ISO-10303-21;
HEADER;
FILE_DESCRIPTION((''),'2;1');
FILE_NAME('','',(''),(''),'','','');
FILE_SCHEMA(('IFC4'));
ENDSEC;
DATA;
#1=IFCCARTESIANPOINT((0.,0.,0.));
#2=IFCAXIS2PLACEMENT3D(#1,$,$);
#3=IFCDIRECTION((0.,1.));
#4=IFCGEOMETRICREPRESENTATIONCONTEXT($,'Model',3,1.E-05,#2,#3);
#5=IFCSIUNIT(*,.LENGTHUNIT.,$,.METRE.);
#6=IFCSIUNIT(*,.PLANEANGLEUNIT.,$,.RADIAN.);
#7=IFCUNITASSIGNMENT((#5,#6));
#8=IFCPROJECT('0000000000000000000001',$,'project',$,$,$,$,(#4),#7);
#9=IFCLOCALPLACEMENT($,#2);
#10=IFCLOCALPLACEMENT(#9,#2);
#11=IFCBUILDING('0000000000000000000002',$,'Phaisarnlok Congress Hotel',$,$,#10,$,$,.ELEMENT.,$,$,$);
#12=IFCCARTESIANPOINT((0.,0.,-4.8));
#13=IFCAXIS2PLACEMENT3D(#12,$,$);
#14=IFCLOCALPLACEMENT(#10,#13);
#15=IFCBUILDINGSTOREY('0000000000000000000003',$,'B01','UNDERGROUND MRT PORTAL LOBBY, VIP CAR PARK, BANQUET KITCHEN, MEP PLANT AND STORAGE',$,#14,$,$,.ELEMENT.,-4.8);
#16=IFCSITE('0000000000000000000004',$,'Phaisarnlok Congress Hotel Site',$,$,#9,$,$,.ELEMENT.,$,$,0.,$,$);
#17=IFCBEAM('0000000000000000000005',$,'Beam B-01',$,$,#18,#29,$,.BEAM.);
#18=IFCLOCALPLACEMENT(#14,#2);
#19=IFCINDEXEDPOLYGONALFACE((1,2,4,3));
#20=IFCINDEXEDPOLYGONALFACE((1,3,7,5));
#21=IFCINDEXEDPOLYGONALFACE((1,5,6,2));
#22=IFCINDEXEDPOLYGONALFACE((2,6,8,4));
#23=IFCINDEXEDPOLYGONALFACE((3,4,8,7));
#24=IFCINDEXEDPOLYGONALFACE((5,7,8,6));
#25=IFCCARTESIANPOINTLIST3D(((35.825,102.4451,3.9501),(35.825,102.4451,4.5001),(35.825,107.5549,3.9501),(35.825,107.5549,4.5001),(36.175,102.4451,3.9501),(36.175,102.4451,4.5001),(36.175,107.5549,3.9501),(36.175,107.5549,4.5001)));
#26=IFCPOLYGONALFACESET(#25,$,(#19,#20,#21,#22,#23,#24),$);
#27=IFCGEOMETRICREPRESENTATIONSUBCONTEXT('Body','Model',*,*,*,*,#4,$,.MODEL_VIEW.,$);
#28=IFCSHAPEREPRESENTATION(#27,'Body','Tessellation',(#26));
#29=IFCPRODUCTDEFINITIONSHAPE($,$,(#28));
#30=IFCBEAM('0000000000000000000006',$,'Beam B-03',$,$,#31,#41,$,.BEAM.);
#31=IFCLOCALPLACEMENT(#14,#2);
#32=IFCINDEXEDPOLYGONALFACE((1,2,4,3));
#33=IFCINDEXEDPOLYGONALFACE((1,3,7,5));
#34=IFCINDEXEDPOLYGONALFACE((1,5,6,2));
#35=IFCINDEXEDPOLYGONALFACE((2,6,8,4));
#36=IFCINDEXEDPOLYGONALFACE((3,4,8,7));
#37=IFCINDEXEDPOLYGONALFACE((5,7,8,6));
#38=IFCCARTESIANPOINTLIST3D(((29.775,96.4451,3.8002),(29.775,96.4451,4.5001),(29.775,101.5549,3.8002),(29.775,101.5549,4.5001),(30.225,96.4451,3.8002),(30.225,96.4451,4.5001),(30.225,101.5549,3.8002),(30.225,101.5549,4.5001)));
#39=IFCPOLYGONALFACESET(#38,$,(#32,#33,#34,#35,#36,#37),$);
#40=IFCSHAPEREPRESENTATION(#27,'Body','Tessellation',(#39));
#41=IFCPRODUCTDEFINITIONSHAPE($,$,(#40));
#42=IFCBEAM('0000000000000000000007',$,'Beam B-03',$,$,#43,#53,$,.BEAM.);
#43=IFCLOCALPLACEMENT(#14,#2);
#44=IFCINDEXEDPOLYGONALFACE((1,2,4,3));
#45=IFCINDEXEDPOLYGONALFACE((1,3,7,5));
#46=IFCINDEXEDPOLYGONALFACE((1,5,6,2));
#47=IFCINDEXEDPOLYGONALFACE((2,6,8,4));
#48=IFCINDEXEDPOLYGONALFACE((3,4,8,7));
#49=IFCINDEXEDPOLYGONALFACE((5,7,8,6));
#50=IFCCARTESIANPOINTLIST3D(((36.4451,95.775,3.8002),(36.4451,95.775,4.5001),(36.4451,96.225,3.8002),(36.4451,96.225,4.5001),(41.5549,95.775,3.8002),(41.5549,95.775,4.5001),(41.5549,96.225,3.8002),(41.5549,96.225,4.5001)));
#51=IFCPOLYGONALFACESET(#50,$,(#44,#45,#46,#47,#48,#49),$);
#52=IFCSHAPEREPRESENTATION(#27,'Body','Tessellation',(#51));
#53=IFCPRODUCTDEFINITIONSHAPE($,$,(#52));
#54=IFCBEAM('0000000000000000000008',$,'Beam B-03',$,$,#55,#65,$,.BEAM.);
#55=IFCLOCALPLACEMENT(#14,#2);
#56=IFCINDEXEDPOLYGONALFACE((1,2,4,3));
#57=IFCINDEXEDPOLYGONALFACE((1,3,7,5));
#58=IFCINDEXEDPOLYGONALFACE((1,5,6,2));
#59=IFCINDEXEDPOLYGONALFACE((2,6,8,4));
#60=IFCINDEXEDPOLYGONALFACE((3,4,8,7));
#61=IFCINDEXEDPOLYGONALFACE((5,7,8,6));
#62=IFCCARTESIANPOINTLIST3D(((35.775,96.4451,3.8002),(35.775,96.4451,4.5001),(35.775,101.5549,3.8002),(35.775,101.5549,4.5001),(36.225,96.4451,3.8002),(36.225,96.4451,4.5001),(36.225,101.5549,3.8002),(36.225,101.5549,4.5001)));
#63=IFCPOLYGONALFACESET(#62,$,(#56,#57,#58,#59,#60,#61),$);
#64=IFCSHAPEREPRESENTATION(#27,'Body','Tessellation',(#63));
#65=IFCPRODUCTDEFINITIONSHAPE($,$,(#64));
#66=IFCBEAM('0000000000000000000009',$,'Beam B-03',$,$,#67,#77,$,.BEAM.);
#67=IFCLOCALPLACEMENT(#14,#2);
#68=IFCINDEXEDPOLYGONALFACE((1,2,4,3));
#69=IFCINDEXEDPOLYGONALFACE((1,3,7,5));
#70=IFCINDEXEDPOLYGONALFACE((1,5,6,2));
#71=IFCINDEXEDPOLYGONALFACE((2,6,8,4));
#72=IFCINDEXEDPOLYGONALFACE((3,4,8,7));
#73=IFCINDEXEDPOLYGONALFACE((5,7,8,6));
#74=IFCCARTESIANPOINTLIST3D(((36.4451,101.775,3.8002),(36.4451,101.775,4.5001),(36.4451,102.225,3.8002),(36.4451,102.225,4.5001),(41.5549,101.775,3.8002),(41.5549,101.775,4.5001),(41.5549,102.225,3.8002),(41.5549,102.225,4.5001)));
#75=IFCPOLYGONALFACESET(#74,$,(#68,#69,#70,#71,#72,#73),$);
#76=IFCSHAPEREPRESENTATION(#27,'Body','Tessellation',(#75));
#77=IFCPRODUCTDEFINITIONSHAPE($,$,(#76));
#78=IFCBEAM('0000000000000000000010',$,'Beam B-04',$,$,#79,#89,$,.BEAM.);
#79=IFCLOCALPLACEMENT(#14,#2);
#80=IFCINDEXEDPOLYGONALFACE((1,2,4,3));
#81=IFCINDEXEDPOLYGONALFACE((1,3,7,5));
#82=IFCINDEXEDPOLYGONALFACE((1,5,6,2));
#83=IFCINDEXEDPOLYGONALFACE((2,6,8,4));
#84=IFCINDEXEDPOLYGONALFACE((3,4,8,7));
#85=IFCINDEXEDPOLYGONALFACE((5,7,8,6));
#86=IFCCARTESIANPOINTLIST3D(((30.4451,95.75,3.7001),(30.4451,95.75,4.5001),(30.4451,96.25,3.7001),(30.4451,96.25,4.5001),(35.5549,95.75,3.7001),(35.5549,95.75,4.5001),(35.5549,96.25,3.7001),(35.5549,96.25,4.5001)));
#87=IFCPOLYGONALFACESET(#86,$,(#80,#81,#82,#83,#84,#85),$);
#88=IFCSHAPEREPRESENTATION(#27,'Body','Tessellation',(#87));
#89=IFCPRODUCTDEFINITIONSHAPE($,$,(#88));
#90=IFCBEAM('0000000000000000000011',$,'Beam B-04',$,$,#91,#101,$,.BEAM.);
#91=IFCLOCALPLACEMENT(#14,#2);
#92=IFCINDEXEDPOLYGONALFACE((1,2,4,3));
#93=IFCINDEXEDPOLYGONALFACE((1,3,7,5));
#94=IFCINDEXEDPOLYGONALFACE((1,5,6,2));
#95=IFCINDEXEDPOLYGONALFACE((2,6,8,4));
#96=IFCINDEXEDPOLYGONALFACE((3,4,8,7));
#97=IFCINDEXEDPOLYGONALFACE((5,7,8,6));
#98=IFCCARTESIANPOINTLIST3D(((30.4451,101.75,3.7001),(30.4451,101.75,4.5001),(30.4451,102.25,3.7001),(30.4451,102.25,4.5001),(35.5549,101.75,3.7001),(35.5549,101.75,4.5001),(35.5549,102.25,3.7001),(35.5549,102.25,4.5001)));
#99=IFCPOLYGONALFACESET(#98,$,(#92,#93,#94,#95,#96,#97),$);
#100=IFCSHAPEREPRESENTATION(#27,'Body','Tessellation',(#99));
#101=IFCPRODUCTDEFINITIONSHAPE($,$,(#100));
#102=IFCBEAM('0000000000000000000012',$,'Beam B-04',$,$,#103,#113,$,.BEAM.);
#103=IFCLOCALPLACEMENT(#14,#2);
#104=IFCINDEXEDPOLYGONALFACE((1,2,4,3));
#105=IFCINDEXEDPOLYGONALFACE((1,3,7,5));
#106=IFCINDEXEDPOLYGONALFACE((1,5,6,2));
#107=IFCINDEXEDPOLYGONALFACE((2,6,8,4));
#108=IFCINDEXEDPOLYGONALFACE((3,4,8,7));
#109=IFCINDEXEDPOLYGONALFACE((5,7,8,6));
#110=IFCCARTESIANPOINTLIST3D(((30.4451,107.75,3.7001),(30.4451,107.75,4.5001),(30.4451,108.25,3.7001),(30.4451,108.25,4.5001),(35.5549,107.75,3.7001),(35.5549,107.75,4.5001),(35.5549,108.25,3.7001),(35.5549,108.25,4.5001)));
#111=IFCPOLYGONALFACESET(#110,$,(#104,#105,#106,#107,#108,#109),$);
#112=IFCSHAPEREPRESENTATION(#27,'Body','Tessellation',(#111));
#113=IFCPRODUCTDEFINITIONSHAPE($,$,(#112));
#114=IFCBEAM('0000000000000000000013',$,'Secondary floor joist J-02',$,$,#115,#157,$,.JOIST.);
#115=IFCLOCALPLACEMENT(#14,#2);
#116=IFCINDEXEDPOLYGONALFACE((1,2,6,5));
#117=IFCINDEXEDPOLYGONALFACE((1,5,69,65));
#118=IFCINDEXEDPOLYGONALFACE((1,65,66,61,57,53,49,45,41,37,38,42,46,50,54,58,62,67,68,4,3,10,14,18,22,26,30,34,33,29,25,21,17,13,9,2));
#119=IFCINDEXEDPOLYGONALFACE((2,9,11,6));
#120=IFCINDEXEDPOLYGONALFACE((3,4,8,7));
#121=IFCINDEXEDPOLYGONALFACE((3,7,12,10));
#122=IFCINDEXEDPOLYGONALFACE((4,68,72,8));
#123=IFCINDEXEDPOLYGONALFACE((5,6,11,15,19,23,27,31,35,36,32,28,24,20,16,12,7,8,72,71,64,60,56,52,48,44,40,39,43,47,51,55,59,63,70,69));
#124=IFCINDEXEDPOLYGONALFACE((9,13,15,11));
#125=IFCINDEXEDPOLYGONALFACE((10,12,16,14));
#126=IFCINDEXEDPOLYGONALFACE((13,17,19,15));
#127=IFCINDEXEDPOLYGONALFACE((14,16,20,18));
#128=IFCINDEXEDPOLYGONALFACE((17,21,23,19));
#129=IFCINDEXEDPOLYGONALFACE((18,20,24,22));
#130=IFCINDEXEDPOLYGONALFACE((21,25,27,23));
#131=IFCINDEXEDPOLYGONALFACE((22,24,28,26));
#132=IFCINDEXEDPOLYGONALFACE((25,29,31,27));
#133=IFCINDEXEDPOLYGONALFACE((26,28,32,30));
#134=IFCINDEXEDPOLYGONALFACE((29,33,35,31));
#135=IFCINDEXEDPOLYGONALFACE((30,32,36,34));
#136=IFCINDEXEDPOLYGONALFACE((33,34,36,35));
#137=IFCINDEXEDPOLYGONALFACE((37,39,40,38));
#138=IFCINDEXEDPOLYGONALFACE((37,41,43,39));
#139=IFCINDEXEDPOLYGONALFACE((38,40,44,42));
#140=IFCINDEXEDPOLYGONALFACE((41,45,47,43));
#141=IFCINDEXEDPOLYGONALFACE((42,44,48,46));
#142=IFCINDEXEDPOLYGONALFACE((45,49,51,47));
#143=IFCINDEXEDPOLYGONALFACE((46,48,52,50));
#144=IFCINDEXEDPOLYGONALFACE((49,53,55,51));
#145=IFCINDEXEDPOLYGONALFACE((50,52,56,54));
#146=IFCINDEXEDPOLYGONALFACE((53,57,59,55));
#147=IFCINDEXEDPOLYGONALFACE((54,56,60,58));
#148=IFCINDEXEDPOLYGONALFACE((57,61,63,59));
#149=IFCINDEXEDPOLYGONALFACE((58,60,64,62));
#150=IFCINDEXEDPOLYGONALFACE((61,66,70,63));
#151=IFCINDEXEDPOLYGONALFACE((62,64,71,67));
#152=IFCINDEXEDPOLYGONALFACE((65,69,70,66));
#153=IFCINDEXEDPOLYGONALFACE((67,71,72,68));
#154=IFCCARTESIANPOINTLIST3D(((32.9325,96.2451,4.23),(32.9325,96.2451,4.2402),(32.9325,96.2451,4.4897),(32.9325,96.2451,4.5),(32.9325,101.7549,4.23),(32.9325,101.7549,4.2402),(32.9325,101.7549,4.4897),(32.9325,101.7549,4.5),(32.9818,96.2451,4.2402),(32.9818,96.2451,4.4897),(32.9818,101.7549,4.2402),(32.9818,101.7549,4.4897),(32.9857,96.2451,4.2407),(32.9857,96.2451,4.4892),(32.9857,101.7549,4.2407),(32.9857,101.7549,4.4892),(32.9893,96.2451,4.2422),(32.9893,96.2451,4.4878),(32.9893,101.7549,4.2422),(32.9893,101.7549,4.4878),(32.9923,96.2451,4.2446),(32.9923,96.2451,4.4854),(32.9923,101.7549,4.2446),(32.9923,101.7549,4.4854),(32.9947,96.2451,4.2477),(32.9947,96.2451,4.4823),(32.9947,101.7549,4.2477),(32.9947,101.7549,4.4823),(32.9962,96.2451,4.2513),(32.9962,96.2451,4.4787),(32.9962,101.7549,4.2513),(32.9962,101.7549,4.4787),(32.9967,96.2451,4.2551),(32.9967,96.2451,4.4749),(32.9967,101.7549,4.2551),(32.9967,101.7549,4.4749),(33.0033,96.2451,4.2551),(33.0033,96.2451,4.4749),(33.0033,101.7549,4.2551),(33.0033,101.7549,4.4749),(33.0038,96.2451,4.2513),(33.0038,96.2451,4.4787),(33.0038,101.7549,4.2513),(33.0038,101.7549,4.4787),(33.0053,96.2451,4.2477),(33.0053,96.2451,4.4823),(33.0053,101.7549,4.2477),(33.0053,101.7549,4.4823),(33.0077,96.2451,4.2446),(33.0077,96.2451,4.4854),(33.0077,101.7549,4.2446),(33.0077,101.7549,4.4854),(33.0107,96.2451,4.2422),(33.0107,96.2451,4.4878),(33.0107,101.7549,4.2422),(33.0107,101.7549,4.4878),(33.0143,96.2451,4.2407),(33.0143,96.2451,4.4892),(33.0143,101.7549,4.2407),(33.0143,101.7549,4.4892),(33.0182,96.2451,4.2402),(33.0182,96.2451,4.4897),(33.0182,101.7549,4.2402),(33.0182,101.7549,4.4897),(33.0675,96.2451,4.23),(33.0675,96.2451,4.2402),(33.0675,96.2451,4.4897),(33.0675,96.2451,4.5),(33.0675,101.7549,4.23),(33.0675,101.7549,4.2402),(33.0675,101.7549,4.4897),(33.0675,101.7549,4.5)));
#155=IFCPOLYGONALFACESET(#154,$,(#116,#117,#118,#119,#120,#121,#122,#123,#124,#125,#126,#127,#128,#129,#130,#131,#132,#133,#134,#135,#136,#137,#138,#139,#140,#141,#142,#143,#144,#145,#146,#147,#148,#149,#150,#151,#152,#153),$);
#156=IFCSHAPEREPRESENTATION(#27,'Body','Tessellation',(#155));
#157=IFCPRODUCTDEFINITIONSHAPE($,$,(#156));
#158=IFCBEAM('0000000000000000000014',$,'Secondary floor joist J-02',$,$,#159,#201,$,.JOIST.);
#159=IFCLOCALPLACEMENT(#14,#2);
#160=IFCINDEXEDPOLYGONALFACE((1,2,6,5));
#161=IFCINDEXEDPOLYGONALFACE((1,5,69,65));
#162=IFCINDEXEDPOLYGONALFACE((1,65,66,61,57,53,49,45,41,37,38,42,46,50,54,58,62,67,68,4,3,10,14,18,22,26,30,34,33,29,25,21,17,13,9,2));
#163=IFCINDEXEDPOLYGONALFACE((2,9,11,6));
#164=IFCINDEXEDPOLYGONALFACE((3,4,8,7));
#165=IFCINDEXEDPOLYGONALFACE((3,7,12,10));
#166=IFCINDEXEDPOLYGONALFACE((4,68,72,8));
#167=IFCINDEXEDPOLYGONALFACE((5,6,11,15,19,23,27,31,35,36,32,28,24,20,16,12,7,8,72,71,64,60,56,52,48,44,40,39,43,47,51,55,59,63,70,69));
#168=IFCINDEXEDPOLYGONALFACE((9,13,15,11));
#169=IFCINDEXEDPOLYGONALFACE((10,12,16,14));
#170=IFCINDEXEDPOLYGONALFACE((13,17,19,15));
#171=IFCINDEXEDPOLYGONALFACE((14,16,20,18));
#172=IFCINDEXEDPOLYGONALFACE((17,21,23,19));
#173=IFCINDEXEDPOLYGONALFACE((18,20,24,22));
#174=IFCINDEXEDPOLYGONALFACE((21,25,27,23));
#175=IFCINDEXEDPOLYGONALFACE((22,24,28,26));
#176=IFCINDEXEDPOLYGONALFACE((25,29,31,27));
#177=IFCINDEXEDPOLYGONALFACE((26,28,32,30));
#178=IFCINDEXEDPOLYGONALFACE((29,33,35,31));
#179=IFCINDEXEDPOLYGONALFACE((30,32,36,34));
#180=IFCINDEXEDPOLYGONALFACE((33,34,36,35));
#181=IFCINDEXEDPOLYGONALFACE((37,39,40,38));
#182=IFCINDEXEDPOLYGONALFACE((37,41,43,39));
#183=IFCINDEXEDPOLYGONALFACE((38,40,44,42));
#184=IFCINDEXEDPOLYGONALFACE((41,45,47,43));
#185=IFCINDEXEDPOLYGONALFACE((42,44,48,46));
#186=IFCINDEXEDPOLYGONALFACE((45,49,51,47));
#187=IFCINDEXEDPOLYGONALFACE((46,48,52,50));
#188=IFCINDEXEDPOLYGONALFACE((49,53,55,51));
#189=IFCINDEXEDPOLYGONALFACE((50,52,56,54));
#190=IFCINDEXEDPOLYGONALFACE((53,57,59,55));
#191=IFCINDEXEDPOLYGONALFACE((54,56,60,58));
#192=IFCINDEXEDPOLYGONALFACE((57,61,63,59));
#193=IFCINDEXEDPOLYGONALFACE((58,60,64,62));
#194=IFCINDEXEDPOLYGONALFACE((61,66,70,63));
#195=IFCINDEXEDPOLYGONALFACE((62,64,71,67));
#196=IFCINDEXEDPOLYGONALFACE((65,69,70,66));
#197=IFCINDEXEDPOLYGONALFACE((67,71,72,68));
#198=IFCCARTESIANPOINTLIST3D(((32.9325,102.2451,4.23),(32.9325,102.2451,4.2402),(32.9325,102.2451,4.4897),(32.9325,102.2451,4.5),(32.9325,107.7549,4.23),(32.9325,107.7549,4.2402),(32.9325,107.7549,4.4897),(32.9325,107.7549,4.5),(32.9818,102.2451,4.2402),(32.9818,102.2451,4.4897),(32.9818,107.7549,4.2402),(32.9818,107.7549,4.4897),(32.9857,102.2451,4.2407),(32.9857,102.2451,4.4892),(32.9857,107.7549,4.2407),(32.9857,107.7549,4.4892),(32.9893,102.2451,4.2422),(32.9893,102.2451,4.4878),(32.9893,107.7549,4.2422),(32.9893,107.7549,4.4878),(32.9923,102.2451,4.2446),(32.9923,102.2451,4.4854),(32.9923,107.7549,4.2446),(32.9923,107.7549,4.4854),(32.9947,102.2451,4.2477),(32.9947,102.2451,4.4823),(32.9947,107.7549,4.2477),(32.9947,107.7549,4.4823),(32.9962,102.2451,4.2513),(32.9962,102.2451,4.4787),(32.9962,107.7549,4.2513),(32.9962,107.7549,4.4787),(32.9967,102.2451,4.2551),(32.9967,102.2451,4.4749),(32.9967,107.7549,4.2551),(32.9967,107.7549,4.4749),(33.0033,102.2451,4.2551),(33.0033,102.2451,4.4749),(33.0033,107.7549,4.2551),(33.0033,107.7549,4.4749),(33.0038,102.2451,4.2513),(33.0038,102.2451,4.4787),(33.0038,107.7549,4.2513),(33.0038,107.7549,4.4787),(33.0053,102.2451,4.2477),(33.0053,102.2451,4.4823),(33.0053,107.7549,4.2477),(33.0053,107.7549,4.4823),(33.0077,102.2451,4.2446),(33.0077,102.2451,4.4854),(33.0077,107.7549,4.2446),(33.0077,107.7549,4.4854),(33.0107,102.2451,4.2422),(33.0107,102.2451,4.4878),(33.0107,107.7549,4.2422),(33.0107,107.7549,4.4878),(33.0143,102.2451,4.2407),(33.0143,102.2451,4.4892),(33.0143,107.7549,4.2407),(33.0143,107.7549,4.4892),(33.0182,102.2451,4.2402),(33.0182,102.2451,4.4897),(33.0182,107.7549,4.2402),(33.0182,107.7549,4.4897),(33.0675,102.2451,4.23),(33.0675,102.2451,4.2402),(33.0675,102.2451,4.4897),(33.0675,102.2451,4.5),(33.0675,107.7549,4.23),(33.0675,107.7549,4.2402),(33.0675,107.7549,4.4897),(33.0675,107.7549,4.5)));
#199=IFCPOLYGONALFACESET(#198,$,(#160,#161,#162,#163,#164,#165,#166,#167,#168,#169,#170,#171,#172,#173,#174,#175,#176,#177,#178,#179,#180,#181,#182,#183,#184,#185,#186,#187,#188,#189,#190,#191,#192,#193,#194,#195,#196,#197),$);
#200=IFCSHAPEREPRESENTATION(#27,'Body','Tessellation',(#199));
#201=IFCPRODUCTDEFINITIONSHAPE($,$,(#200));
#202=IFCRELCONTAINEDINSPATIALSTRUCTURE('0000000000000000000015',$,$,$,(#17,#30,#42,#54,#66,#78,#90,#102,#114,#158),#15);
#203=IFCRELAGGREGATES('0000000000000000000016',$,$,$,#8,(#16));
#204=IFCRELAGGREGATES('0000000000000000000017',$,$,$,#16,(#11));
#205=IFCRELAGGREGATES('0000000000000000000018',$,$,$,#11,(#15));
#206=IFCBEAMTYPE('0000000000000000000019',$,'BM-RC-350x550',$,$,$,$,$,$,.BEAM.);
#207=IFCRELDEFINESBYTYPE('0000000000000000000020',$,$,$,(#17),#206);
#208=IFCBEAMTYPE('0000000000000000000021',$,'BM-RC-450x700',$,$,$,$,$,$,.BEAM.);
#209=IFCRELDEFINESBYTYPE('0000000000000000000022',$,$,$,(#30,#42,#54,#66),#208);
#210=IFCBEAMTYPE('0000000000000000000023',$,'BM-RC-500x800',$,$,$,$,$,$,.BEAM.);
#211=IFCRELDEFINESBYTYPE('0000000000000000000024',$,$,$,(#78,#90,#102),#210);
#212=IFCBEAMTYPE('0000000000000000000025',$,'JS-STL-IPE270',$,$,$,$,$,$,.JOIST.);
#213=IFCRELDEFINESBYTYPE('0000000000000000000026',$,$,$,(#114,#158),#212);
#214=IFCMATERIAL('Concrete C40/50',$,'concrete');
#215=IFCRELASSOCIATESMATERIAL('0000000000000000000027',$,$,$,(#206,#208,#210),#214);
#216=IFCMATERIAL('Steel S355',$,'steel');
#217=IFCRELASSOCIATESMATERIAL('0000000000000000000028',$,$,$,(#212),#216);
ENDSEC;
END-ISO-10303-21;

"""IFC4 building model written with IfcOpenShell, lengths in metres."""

from ifc_helpers import new_model, si_unit, direction, frame, origin, origin_2d, place, context, subcontext, project, spatial, rectangle, i_section, extrude, material, material_profile, profile_set, type_object, element, save


model = new_model("IFC4")

# Units and contexts
model_context = context("Model", 3, precision=1e-05, world=origin(), true_north=direction((0.0, 1.0)))
body_context = subcontext(model_context, "Body", "Model", "MODEL_VIEW")
ifc_project = project(units=[si_unit("LENGTHUNIT", "METRE"), si_unit("PLANEANGLEUNIT", "RADIAN")], contexts=[model_context])

# Site, building, storey
site_placement = place(None, origin())
site = spatial("IfcSite", under=ifc_project, at=site_placement, Name="Phaisarnlok Congress Hotel Site", CompositionType="ELEMENT", RefElevation=0.0)
building_placement = place(site_placement, origin())
building = spatial("IfcBuilding", under=site, at=building_placement, Name="Phaisarnlok Congress Hotel", CompositionType="ELEMENT")
storey_placement = place(building_placement, frame((0.0, 0.0, -4.8)))
storey = spatial("IfcBuildingStorey", under=building, at=storey_placement, Name="B01", Description="UNDERGROUND MRT PORTAL LOBBY, VIP CAR PARK, BANQUET KITCHEN, MEP PLANT AND STORAGE", CompositionType="ELEMENT", Elevation=-4.8)

# Shared definitions
ifc_material_1 = material(Name="Concrete C40/50", Category="concrete")

# Beams
ifc_material_profile_1 = material_profile(ifc_material_1, rectangle(XDim=0.3501, YDim=0.55, at=origin_2d()), Name="RC 350x550")
ifc_profile_set_1 = profile_set([ifc_material_profile_1], Name="Concrete C40/50")
beam_type_1 = type_object("IfcBeamType", Name="BM-RC-350x550", PredefinedType="BEAM", material=ifc_profile_set_1)
for number, where, z_axis, x_axis, name in (
    (1, (36.0, 102.4451, 4.2251), (0.0, 1.0, 0.0), (-1.0, 0.0, 0.0), "Beam B-01"),
):
    element("IfcBeam", number, at=place(storey_placement, frame(where, z_axis=z_axis, x_axis=x_axis)), inside=storey, type_object=beam_type_1, Name=name, PredefinedType="BEAM", context=body_context, shape_type="SweptSolid", body=[
        extrude(rectangle(XDim=0.3501, YDim=0.55, at=origin_2d()), origin(), (0.0, 0.0, 1.0), 5.1099),
    ])
ifc_material_profile_2 = material_profile(ifc_material_1, rectangle(XDim=0.45, YDim=0.7, at=origin_2d()), Name="RC 450x700")
ifc_profile_set_2 = profile_set([ifc_material_profile_2], Name="Concrete C40/50")
beam_type_2 = type_object("IfcBeamType", Name="BM-RC-450x700", PredefinedType="BEAM", material=ifc_profile_set_2)
for number, where, z_axis, x_axis, name in (
    (2, (30.0, 96.4451, 4.1501), (0.0, 1.0, 0.0), (-1.0, 0.0, 0.0), "Beam B-03"),
    (3, (36.4451, 96.0, 4.1501), (1.0, 0.0, 0.0), (0.0, 1.0, 0.0), "Beam B-03"),
    (4, (36.0, 96.4451, 4.1501), (0.0, 1.0, 0.0), (-1.0, 0.0, 0.0), "Beam B-03"),
    (5, (36.4451, 102.0, 4.1501), (1.0, 0.0, 0.0), (0.0, 1.0, 0.0), "Beam B-03"),
):
    element("IfcBeam", number, at=place(storey_placement, frame(where, z_axis=z_axis, x_axis=x_axis)), inside=storey, type_object=beam_type_2, Name=name, PredefinedType="BEAM", context=body_context, shape_type="SweptSolid", body=[
        extrude(rectangle(XDim=0.45, YDim=0.7, at=origin_2d()), origin(), (0.0, 0.0, 1.0), 5.1099),
    ])
ifc_material_profile_3 = material_profile(ifc_material_1, rectangle(XDim=0.5, YDim=0.8, at=origin_2d()), Name="RC 500x800")
ifc_profile_set_3 = profile_set([ifc_material_profile_3], Name="Concrete C40/50")
beam_type_3 = type_object("IfcBeamType", Name="BM-RC-500x800", PredefinedType="BEAM", material=ifc_profile_set_3)
for number, where, z_axis, x_axis, name in (
    (6, (30.4451, 96.0, 4.1001), (1.0, 0.0, 0.0), (0.0, 1.0, 0.0), "Beam B-04"),
    (7, (30.4451, 102.0, 4.1001), (1.0, 0.0, 0.0), (0.0, 1.0, 0.0), "Beam B-04"),
    (8, (30.4451, 108.0, 4.1001), (1.0, 0.0, 0.0), (0.0, 1.0, 0.0), "Beam B-04"),
):
    element("IfcBeam", number, at=place(storey_placement, frame(where, z_axis=z_axis, x_axis=x_axis)), inside=storey, type_object=beam_type_3, Name=name, PredefinedType="BEAM", context=body_context, shape_type="SweptSolid", body=[
        extrude(rectangle(XDim=0.5, YDim=0.8, at=origin_2d()), origin(), (0.0, 0.0, 1.0), 5.1099),
    ])
ifc_material_2 = material(Name="Steel S355", Category="steel")
ifc_material_profile_4 = material_profile(ifc_material_2, i_section(OverallWidth=0.135, OverallDepth=0.27, WebThickness=0.0066, FlangeThickness=0.0103, FilletRadius=0.0149, at=origin_2d()), Name="IPE 270")
ifc_profile_set_4 = profile_set([ifc_material_profile_4], Name="Steel S355")
beam_type_4 = type_object("IfcBeamType", Name="JS-STL-IPE270", PredefinedType="JOIST", material=ifc_profile_set_4)
for number, where, z_axis, x_axis, name in (
    (9, (33.0, 96.2451, 4.365), (0.0, 1.0, 0.0), (-1.0, 0.0, 0.0), "Secondary floor joist J-02"),
    (10, (33.0, 102.2451, 4.365), (0.0, 1.0, 0.0), (-1.0, 0.0, 0.0), "Secondary floor joist J-02"),
):
    element("IfcBeam", number, at=place(storey_placement, frame(where, z_axis=z_axis, x_axis=x_axis)), inside=storey, type_object=beam_type_4, Name=name, PredefinedType="JOIST", context=body_context, shape_type="SweptSolid", body=[
        extrude(i_section(OverallWidth=0.135, OverallDepth=0.27, WebThickness=0.0066, FlangeThickness=0.0103, FilletRadius=0.0149, at=origin_2d()), origin(), (0.0, 0.0, 1.0), 5.5098),
    ])

save(model, "model.ifc")
